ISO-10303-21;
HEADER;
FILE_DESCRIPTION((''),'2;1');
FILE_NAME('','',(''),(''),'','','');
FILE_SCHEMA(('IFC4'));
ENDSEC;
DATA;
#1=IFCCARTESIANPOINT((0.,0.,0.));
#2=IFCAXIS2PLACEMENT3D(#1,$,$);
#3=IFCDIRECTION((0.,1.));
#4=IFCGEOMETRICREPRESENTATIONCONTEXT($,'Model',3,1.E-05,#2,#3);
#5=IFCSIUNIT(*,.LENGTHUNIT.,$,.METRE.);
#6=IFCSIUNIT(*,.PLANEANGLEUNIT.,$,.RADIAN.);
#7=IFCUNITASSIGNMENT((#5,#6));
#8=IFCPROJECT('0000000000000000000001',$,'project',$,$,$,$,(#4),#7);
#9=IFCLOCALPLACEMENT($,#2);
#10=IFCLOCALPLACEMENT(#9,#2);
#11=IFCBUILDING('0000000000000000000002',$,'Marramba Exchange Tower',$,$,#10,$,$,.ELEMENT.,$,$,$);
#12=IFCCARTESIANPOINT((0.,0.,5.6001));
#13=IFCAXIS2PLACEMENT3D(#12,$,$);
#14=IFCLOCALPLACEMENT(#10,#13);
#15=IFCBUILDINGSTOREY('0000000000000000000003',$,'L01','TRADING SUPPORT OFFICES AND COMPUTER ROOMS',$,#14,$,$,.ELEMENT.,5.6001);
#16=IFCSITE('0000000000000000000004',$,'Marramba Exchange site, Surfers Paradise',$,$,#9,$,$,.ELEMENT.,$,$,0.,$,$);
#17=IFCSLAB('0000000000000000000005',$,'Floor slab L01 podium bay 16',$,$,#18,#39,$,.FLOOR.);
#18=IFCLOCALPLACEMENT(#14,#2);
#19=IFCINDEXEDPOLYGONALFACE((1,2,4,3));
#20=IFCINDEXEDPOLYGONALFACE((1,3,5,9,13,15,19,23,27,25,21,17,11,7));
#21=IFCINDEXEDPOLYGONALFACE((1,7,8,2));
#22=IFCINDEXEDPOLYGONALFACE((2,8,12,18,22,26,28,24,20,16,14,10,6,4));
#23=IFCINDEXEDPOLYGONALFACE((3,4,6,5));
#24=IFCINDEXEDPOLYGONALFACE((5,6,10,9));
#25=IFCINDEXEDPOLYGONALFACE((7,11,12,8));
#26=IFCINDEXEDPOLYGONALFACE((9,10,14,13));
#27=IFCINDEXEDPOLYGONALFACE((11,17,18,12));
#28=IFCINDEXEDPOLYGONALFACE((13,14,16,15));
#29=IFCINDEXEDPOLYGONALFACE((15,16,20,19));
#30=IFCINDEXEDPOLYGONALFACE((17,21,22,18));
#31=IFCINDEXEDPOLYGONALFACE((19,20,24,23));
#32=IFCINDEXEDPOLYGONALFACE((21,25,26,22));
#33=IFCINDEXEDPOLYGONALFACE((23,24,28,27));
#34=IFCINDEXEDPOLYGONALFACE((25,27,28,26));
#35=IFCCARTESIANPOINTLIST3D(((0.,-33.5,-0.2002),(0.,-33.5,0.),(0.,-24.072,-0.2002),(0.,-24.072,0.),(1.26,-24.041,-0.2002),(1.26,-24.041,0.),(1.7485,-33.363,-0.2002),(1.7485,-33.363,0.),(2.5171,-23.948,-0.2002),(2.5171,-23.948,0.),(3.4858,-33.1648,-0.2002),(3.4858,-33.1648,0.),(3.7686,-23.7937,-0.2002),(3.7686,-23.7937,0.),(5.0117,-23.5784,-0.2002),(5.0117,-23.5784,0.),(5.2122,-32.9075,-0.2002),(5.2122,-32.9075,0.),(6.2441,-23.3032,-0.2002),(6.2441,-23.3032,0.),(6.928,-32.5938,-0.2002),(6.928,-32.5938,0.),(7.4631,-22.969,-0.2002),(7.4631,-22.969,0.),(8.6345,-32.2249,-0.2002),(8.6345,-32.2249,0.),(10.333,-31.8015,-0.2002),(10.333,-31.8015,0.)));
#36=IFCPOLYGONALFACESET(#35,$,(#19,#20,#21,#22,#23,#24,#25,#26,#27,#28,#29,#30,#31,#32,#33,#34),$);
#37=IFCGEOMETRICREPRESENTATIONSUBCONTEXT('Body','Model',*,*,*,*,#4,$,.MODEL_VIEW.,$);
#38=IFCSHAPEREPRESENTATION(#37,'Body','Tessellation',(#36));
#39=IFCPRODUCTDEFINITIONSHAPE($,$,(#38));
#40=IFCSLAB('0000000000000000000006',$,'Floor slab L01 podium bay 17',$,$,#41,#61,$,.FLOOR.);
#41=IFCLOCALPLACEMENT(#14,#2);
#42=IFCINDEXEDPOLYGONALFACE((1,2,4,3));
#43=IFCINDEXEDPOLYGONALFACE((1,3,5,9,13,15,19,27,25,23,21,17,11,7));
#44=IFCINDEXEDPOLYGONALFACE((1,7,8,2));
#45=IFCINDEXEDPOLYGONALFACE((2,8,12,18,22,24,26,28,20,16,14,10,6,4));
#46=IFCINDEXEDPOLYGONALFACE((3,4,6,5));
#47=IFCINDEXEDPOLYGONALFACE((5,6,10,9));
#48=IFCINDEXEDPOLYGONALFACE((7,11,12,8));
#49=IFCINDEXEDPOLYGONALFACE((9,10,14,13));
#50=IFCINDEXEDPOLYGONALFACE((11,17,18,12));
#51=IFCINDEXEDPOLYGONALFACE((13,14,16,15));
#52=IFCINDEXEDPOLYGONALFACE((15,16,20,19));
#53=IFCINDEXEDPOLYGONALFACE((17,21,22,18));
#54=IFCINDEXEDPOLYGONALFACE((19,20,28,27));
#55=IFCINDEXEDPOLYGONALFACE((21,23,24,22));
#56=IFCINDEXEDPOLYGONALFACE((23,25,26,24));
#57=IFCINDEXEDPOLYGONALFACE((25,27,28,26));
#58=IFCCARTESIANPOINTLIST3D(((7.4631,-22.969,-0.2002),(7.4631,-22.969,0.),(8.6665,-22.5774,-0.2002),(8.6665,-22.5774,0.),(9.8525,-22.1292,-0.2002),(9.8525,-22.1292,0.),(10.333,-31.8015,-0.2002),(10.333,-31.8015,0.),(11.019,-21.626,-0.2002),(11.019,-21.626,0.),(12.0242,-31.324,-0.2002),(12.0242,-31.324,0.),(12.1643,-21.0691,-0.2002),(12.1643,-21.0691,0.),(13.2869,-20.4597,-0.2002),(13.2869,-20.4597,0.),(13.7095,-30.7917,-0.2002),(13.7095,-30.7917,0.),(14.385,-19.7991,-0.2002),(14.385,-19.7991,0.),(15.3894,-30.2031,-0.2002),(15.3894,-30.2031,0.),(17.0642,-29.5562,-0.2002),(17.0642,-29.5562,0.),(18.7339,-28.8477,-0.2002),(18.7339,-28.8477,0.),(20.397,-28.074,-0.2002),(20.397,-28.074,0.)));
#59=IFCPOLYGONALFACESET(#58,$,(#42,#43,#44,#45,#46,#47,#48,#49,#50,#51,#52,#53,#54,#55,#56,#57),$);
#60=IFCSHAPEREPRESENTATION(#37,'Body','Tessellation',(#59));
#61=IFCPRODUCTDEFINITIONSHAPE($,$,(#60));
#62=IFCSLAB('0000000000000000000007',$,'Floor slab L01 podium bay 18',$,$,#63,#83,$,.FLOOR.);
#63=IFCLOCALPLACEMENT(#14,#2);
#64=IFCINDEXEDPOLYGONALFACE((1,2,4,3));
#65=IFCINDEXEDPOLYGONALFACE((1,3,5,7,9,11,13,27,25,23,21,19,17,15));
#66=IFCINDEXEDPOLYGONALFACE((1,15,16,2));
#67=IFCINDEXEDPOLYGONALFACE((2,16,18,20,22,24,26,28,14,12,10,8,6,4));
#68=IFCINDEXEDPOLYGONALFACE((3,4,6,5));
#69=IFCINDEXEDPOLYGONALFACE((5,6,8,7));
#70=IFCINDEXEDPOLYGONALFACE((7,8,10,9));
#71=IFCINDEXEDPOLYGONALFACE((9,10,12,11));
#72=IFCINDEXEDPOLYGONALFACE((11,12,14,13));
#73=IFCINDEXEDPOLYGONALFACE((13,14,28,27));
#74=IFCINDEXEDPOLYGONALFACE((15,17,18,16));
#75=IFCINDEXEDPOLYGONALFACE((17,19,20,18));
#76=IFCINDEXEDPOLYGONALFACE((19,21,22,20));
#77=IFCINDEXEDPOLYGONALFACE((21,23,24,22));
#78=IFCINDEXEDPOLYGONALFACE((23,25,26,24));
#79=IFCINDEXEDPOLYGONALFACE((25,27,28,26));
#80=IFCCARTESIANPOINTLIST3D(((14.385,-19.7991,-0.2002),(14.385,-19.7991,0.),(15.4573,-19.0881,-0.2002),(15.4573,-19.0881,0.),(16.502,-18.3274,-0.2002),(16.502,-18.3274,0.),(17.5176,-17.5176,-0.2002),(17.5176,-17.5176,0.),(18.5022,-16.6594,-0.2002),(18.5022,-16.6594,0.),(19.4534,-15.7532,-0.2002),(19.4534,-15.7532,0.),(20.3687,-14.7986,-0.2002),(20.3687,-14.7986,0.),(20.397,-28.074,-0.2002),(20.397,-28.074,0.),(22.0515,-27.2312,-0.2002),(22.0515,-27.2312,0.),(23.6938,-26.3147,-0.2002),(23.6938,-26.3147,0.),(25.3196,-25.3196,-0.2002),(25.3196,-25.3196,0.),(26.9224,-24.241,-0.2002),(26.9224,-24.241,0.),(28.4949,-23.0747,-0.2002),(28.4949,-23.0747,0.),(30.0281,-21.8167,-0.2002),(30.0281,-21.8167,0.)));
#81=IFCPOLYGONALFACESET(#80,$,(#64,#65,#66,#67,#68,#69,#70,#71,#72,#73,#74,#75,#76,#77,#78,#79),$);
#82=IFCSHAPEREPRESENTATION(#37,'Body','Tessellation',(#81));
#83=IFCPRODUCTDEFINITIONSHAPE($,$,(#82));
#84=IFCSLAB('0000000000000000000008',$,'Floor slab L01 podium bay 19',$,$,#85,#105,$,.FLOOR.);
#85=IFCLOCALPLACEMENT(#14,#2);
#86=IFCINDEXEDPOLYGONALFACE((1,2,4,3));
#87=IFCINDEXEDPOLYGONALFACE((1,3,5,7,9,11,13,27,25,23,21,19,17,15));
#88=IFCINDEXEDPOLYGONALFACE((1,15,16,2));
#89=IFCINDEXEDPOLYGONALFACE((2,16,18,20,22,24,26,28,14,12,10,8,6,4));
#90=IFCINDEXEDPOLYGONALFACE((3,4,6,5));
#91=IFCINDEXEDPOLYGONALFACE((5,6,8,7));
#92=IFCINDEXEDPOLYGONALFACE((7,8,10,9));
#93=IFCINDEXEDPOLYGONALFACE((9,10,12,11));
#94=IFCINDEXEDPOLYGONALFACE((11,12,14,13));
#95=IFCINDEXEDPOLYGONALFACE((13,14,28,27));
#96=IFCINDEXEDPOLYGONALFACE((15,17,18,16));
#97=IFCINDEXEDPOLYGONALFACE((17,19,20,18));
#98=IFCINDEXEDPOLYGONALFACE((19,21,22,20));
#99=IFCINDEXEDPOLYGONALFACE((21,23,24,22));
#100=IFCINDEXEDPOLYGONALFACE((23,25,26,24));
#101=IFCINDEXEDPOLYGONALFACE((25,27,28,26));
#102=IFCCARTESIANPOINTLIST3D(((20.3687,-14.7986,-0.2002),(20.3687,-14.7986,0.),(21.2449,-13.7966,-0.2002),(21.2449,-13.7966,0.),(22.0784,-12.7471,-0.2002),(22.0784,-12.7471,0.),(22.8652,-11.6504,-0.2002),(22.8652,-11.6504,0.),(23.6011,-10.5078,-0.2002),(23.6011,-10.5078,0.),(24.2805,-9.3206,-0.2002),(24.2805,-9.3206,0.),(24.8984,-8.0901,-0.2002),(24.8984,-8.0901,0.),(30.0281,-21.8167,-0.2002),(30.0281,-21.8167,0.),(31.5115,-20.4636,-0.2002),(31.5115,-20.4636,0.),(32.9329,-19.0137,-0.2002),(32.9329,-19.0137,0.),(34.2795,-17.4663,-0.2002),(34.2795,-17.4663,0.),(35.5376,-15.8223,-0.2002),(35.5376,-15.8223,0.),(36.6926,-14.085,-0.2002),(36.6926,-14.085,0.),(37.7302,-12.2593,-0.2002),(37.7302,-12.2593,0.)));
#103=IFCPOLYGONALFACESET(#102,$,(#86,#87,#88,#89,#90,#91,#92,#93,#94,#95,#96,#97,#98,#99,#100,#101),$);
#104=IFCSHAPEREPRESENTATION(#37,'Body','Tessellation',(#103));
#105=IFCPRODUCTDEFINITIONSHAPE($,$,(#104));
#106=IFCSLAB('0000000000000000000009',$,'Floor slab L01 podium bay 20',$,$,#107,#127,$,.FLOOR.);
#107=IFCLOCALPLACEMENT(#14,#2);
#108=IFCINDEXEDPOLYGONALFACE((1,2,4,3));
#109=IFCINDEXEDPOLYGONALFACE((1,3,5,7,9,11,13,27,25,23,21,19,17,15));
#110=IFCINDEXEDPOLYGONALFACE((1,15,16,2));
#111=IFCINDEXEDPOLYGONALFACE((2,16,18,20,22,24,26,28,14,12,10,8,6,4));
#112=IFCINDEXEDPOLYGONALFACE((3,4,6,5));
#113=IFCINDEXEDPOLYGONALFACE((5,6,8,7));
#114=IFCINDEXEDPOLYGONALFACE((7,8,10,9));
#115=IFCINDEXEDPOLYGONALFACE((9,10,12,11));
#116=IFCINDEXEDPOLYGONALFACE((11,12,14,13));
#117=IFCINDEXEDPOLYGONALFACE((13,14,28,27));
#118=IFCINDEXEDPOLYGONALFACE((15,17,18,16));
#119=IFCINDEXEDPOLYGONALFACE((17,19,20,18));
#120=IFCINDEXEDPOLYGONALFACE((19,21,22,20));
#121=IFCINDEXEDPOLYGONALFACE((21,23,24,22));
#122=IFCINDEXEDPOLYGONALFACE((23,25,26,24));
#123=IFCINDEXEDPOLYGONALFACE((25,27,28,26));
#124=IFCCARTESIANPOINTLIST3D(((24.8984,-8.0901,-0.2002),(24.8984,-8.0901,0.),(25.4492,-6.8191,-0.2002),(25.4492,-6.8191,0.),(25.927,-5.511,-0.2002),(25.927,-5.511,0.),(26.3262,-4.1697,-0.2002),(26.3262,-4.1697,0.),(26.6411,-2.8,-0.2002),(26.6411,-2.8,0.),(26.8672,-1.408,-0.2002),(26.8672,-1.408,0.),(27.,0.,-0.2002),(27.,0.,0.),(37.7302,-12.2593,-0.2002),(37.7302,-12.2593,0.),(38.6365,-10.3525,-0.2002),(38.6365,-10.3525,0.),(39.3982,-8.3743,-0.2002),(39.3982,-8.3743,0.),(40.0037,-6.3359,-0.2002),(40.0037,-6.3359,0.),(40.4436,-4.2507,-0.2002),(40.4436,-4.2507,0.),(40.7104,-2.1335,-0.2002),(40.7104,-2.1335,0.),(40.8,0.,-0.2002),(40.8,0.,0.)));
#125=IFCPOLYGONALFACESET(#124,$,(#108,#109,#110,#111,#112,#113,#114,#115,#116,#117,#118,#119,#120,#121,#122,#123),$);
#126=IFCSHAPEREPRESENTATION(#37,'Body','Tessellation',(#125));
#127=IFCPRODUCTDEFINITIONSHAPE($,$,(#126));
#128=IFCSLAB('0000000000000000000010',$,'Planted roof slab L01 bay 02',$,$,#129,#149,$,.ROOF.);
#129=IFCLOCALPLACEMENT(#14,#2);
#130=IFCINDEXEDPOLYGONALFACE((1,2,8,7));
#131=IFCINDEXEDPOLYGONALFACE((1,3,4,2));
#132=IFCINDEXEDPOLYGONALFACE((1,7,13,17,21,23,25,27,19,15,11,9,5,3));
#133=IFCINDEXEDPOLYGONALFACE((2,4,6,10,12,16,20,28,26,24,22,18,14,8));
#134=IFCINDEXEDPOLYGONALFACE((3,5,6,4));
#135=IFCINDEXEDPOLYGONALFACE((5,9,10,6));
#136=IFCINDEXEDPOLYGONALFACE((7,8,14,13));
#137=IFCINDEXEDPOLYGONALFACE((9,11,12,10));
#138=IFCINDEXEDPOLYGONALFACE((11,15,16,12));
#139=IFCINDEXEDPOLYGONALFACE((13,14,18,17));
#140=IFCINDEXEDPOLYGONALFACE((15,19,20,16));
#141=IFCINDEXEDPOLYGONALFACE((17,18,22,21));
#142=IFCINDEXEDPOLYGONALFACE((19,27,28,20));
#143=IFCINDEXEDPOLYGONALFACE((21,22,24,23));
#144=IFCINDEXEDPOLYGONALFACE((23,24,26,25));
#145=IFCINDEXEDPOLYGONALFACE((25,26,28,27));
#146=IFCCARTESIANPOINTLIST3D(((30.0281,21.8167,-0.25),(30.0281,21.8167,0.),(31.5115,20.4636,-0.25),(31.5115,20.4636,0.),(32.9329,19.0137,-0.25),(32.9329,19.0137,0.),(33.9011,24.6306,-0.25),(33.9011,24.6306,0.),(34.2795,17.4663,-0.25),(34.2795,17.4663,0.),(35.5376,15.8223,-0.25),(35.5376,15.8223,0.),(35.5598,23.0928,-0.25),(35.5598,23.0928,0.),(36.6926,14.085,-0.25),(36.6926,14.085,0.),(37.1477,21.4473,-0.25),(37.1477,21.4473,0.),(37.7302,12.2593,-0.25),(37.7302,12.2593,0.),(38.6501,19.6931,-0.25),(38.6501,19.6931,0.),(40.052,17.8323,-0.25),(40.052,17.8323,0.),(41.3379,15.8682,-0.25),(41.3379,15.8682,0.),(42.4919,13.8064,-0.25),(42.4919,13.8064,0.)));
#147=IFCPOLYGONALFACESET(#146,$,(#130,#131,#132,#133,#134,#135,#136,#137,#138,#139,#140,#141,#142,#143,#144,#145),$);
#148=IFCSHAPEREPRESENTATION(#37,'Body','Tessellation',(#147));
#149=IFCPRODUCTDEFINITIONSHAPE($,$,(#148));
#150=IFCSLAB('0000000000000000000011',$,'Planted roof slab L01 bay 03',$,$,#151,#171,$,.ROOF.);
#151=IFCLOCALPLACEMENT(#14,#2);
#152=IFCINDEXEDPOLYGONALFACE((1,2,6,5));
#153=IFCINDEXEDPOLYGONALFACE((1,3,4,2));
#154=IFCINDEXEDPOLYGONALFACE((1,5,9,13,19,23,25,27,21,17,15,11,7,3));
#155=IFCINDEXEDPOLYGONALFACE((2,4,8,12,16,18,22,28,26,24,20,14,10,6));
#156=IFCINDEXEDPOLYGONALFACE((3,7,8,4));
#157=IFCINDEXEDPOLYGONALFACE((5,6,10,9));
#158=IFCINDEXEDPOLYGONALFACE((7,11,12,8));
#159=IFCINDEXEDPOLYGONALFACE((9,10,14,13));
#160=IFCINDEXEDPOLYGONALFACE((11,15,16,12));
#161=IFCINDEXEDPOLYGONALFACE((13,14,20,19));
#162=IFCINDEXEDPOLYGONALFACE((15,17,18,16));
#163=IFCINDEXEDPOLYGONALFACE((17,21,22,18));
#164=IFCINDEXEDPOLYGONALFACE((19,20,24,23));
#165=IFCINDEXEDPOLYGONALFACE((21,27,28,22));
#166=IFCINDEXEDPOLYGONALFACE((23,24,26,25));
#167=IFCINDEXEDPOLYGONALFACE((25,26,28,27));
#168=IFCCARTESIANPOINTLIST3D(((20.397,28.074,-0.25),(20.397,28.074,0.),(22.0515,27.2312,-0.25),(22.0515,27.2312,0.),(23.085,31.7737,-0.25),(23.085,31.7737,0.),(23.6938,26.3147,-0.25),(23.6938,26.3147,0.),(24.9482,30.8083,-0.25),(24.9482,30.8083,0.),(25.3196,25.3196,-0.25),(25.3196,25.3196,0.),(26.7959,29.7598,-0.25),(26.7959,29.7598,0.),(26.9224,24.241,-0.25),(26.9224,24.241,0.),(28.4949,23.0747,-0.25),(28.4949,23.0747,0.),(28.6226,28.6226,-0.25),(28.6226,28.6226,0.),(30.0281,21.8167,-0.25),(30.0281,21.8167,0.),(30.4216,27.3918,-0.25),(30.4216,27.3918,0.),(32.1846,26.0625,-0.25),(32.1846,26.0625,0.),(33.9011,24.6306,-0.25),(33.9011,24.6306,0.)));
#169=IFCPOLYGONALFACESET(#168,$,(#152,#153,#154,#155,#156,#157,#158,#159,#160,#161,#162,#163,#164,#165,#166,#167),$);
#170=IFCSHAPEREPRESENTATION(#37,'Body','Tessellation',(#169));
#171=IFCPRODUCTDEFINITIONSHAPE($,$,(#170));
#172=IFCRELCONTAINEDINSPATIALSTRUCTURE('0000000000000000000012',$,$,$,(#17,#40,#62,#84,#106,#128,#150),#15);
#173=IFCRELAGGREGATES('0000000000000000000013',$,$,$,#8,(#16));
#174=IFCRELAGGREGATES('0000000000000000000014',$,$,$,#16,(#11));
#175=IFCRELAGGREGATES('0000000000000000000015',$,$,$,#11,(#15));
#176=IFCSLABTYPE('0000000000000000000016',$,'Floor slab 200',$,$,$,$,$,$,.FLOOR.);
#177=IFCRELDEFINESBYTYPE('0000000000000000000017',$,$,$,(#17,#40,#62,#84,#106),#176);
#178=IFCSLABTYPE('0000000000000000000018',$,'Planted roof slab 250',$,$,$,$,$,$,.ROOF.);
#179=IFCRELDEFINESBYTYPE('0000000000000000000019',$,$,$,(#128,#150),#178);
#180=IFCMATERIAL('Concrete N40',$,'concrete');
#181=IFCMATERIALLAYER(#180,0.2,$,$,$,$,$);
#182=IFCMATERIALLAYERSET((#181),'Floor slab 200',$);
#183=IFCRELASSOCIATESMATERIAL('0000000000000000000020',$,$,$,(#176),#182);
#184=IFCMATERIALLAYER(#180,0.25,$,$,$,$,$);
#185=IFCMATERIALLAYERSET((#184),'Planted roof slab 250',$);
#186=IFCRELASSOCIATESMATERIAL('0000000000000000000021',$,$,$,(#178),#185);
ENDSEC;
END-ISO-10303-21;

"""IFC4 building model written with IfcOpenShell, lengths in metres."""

from ifc_helpers import new_model, si_unit, direction, frame, origin, place, context, subcontext, project, spatial, polyline, outline, extrude, material, layer, layer_set, type_object, element, save


model = new_model("IFC4")

# Units and contexts
model_context = context("Model", 3, precision=1e-05, world=origin(), true_north=direction((0.0, 1.0)))
body_context = subcontext(model_context, "Body", "Model", "MODEL_VIEW")
ifc_project = project(units=[si_unit("LENGTHUNIT", "METRE"), si_unit("PLANEANGLEUNIT", "RADIAN")], contexts=[model_context])

# Site, building, storey
site_placement = place(None, origin())
site = spatial("IfcSite", under=ifc_project, at=site_placement, Name="Marramba Exchange site, Surfers Paradise", CompositionType="ELEMENT", RefElevation=0.0)
building_placement = place(site_placement, origin())
building = spatial("IfcBuilding", under=site, at=building_placement, Name="Marramba Exchange Tower", CompositionType="ELEMENT")
storey_placement = place(building_placement, frame((0.0, 0.0, 5.6001)))
storey = spatial("IfcBuildingStorey", under=building, at=storey_placement, Name="L01", Description="TRADING SUPPORT OFFICES AND COMPUTER ROOMS", CompositionType="ELEMENT", Elevation=5.6001)

# Slabs
ifc_material_1 = material(Name="Concrete N40", Category="concrete")
ifc_layer_1 = layer(ifc_material_1, 0.2)
ifc_layer_set_1 = layer_set([ifc_layer_1], Name="Floor slab 200")
slab_type_1 = type_object("IfcSlabType", Name="Floor slab 200", PredefinedType="FLOOR", material=ifc_layer_set_1)
slab_1_placement = place(storey_placement, frame((0.0, 0.0, -0.2002)))
element("IfcSlab", 1, at=slab_1_placement, inside=storey, type_object=slab_type_1, Name="Floor slab L01 podium bay 16", PredefinedType="FLOOR", context=body_context, shape_type="SweptSolid", body=[
    extrude(outline(polyline([(10.333, -31.8015), (8.6345, -32.2249), (6.928, -32.5938), (5.2122, -32.9075), (3.4858, -33.1648), (1.7485, -33.363), (0.0, -33.5), (0.0, -24.072), (1.26, -24.041), (2.5171, -23.948), (3.7686, -23.7937), (5.0117, -23.5784), (6.2441, -23.3032), (7.4631, -22.969), (10.333, -31.8015)])), origin(), (0.0, 0.0, 1.0), 0.2002),
])
slab_2_placement = place(storey_placement, frame((0.0, 0.0, -0.2002)))
element("IfcSlab", 2, at=slab_2_placement, inside=storey, type_object=slab_type_1, Name="Floor slab L01 podium bay 17", PredefinedType="FLOOR", context=body_context, shape_type="SweptSolid", body=[
    extrude(outline(polyline([(20.397, -28.074), (18.7339, -28.8477), (17.0642, -29.5562), (15.3894, -30.2031), (13.7095, -30.7917), (12.0242, -31.324), (10.333, -31.8015), (7.4631, -22.969), (8.6665, -22.5774), (9.8525, -22.1292), (11.019, -21.626), (12.1643, -21.0691), (13.2869, -20.4597), (14.385, -19.7991), (20.397, -28.074)])), origin(), (0.0, 0.0, 1.0), 0.2002),
])
slab_3_placement = place(storey_placement, frame((0.0, 0.0, -0.2002)))
element("IfcSlab", 3, at=slab_3_placement, inside=storey, type_object=slab_type_1, Name="Floor slab L01 podium bay 18", PredefinedType="FLOOR", context=body_context, shape_type="SweptSolid", body=[
    extrude(outline(polyline([(30.0281, -21.8167), (28.4949, -23.0747), (26.9224, -24.241), (25.3196, -25.3196), (23.6938, -26.3147), (22.0515, -27.2312), (20.397, -28.074), (14.385, -19.7991), (15.4573, -19.0881), (16.502, -18.3274), (17.5176, -17.5176), (18.5022, -16.6594), (19.4534, -15.7532), (20.3687, -14.7986), (30.0281, -21.8167)])), origin(), (0.0, 0.0, 1.0), 0.2002),
])
slab_4_placement = place(storey_placement, frame((0.0, 0.0, -0.2002)))
element("IfcSlab", 4, at=slab_4_placement, inside=storey, type_object=slab_type_1, Name="Floor slab L01 podium bay 19", PredefinedType="FLOOR", context=body_context, shape_type="SweptSolid", body=[
    extrude(outline(polyline([(37.7302, -12.2593), (36.6926, -14.085), (35.5376, -15.8223), (34.2795, -17.4663), (32.9329, -19.0137), (31.5115, -20.4636), (30.0281, -21.8167), (20.3687, -14.7986), (21.2449, -13.7966), (22.0784, -12.7471), (22.8652, -11.6504), (23.6011, -10.5078), (24.2805, -9.3206), (24.8984, -8.0901), (37.7302, -12.2593)])), origin(), (0.0, 0.0, 1.0), 0.2002),
])
slab_5_placement = place(storey_placement, frame((0.0, 0.0, -0.2002)))
element("IfcSlab", 5, at=slab_5_placement, inside=storey, type_object=slab_type_1, Name="Floor slab L01 podium bay 20", PredefinedType="FLOOR", context=body_context, shape_type="SweptSolid", body=[
    extrude(outline(polyline([(40.4436, -4.2507), (40.0037, -6.3359), (39.3982, -8.3743), (38.6365, -10.3525), (37.7302, -12.2593), (24.8984, -8.0901), (25.4492, -6.8191), (25.927, -5.511), (26.3262, -4.1697), (26.6411, -2.8), (26.8672, -1.408), (27.0, 0.0), (40.8, 0.0), (40.7104, -2.1335), (40.4436, -4.2507)])), origin(), (0.0, 0.0, 1.0), 0.2002),
])
ifc_layer_2 = layer(ifc_material_1, 0.25)
ifc_layer_set_2 = layer_set([ifc_layer_2], Name="Planted roof slab 250")
slab_type_2 = type_object("IfcSlabType", Name="Planted roof slab 250", PredefinedType="ROOF", material=ifc_layer_set_2)
slab_6_placement = place(storey_placement, frame((0.0, 0.0, -0.25)))
element("IfcSlab", 6, at=slab_6_placement, inside=storey, type_object=slab_type_2, Name="Planted roof slab L01 bay 02", PredefinedType="ROOF", context=body_context, shape_type="SweptSolid", body=[
    extrude(outline(polyline([(33.9011, 24.6306), (35.5598, 23.0928), (37.1477, 21.4473), (38.6501, 19.6931), (40.052, 17.8323), (41.3379, 15.8682), (42.4919, 13.8064), (37.7302, 12.2593), (36.6926, 14.085), (35.5376, 15.8223), (34.2795, 17.4663), (32.9329, 19.0137), (31.5115, 20.4636), (30.0281, 21.8167), (33.9011, 24.6306)])), origin(), (0.0, 0.0, 1.0), 0.25),
])
slab_7_placement = place(storey_placement, frame((0.0, 0.0, -0.25)))
element("IfcSlab", 7, at=slab_7_placement, inside=storey, type_object=slab_type_2, Name="Planted roof slab L01 bay 03", PredefinedType="ROOF", context=body_context, shape_type="SweptSolid", body=[
    extrude(outline(polyline([(23.085, 31.7737), (24.9482, 30.8083), (26.7959, 29.7598), (28.6226, 28.6226), (30.4216, 27.3918), (32.1846, 26.0625), (33.9011, 24.6306), (30.0281, 21.8167), (28.4949, 23.0747), (26.9224, 24.241), (25.3196, 25.3196), (23.6938, 26.3147), (22.0515, 27.2312), (20.397, 28.074), (23.085, 31.7737)])), origin(), (0.0, 0.0, 1.0), 0.25),
])

save(model, "model.ifc")
